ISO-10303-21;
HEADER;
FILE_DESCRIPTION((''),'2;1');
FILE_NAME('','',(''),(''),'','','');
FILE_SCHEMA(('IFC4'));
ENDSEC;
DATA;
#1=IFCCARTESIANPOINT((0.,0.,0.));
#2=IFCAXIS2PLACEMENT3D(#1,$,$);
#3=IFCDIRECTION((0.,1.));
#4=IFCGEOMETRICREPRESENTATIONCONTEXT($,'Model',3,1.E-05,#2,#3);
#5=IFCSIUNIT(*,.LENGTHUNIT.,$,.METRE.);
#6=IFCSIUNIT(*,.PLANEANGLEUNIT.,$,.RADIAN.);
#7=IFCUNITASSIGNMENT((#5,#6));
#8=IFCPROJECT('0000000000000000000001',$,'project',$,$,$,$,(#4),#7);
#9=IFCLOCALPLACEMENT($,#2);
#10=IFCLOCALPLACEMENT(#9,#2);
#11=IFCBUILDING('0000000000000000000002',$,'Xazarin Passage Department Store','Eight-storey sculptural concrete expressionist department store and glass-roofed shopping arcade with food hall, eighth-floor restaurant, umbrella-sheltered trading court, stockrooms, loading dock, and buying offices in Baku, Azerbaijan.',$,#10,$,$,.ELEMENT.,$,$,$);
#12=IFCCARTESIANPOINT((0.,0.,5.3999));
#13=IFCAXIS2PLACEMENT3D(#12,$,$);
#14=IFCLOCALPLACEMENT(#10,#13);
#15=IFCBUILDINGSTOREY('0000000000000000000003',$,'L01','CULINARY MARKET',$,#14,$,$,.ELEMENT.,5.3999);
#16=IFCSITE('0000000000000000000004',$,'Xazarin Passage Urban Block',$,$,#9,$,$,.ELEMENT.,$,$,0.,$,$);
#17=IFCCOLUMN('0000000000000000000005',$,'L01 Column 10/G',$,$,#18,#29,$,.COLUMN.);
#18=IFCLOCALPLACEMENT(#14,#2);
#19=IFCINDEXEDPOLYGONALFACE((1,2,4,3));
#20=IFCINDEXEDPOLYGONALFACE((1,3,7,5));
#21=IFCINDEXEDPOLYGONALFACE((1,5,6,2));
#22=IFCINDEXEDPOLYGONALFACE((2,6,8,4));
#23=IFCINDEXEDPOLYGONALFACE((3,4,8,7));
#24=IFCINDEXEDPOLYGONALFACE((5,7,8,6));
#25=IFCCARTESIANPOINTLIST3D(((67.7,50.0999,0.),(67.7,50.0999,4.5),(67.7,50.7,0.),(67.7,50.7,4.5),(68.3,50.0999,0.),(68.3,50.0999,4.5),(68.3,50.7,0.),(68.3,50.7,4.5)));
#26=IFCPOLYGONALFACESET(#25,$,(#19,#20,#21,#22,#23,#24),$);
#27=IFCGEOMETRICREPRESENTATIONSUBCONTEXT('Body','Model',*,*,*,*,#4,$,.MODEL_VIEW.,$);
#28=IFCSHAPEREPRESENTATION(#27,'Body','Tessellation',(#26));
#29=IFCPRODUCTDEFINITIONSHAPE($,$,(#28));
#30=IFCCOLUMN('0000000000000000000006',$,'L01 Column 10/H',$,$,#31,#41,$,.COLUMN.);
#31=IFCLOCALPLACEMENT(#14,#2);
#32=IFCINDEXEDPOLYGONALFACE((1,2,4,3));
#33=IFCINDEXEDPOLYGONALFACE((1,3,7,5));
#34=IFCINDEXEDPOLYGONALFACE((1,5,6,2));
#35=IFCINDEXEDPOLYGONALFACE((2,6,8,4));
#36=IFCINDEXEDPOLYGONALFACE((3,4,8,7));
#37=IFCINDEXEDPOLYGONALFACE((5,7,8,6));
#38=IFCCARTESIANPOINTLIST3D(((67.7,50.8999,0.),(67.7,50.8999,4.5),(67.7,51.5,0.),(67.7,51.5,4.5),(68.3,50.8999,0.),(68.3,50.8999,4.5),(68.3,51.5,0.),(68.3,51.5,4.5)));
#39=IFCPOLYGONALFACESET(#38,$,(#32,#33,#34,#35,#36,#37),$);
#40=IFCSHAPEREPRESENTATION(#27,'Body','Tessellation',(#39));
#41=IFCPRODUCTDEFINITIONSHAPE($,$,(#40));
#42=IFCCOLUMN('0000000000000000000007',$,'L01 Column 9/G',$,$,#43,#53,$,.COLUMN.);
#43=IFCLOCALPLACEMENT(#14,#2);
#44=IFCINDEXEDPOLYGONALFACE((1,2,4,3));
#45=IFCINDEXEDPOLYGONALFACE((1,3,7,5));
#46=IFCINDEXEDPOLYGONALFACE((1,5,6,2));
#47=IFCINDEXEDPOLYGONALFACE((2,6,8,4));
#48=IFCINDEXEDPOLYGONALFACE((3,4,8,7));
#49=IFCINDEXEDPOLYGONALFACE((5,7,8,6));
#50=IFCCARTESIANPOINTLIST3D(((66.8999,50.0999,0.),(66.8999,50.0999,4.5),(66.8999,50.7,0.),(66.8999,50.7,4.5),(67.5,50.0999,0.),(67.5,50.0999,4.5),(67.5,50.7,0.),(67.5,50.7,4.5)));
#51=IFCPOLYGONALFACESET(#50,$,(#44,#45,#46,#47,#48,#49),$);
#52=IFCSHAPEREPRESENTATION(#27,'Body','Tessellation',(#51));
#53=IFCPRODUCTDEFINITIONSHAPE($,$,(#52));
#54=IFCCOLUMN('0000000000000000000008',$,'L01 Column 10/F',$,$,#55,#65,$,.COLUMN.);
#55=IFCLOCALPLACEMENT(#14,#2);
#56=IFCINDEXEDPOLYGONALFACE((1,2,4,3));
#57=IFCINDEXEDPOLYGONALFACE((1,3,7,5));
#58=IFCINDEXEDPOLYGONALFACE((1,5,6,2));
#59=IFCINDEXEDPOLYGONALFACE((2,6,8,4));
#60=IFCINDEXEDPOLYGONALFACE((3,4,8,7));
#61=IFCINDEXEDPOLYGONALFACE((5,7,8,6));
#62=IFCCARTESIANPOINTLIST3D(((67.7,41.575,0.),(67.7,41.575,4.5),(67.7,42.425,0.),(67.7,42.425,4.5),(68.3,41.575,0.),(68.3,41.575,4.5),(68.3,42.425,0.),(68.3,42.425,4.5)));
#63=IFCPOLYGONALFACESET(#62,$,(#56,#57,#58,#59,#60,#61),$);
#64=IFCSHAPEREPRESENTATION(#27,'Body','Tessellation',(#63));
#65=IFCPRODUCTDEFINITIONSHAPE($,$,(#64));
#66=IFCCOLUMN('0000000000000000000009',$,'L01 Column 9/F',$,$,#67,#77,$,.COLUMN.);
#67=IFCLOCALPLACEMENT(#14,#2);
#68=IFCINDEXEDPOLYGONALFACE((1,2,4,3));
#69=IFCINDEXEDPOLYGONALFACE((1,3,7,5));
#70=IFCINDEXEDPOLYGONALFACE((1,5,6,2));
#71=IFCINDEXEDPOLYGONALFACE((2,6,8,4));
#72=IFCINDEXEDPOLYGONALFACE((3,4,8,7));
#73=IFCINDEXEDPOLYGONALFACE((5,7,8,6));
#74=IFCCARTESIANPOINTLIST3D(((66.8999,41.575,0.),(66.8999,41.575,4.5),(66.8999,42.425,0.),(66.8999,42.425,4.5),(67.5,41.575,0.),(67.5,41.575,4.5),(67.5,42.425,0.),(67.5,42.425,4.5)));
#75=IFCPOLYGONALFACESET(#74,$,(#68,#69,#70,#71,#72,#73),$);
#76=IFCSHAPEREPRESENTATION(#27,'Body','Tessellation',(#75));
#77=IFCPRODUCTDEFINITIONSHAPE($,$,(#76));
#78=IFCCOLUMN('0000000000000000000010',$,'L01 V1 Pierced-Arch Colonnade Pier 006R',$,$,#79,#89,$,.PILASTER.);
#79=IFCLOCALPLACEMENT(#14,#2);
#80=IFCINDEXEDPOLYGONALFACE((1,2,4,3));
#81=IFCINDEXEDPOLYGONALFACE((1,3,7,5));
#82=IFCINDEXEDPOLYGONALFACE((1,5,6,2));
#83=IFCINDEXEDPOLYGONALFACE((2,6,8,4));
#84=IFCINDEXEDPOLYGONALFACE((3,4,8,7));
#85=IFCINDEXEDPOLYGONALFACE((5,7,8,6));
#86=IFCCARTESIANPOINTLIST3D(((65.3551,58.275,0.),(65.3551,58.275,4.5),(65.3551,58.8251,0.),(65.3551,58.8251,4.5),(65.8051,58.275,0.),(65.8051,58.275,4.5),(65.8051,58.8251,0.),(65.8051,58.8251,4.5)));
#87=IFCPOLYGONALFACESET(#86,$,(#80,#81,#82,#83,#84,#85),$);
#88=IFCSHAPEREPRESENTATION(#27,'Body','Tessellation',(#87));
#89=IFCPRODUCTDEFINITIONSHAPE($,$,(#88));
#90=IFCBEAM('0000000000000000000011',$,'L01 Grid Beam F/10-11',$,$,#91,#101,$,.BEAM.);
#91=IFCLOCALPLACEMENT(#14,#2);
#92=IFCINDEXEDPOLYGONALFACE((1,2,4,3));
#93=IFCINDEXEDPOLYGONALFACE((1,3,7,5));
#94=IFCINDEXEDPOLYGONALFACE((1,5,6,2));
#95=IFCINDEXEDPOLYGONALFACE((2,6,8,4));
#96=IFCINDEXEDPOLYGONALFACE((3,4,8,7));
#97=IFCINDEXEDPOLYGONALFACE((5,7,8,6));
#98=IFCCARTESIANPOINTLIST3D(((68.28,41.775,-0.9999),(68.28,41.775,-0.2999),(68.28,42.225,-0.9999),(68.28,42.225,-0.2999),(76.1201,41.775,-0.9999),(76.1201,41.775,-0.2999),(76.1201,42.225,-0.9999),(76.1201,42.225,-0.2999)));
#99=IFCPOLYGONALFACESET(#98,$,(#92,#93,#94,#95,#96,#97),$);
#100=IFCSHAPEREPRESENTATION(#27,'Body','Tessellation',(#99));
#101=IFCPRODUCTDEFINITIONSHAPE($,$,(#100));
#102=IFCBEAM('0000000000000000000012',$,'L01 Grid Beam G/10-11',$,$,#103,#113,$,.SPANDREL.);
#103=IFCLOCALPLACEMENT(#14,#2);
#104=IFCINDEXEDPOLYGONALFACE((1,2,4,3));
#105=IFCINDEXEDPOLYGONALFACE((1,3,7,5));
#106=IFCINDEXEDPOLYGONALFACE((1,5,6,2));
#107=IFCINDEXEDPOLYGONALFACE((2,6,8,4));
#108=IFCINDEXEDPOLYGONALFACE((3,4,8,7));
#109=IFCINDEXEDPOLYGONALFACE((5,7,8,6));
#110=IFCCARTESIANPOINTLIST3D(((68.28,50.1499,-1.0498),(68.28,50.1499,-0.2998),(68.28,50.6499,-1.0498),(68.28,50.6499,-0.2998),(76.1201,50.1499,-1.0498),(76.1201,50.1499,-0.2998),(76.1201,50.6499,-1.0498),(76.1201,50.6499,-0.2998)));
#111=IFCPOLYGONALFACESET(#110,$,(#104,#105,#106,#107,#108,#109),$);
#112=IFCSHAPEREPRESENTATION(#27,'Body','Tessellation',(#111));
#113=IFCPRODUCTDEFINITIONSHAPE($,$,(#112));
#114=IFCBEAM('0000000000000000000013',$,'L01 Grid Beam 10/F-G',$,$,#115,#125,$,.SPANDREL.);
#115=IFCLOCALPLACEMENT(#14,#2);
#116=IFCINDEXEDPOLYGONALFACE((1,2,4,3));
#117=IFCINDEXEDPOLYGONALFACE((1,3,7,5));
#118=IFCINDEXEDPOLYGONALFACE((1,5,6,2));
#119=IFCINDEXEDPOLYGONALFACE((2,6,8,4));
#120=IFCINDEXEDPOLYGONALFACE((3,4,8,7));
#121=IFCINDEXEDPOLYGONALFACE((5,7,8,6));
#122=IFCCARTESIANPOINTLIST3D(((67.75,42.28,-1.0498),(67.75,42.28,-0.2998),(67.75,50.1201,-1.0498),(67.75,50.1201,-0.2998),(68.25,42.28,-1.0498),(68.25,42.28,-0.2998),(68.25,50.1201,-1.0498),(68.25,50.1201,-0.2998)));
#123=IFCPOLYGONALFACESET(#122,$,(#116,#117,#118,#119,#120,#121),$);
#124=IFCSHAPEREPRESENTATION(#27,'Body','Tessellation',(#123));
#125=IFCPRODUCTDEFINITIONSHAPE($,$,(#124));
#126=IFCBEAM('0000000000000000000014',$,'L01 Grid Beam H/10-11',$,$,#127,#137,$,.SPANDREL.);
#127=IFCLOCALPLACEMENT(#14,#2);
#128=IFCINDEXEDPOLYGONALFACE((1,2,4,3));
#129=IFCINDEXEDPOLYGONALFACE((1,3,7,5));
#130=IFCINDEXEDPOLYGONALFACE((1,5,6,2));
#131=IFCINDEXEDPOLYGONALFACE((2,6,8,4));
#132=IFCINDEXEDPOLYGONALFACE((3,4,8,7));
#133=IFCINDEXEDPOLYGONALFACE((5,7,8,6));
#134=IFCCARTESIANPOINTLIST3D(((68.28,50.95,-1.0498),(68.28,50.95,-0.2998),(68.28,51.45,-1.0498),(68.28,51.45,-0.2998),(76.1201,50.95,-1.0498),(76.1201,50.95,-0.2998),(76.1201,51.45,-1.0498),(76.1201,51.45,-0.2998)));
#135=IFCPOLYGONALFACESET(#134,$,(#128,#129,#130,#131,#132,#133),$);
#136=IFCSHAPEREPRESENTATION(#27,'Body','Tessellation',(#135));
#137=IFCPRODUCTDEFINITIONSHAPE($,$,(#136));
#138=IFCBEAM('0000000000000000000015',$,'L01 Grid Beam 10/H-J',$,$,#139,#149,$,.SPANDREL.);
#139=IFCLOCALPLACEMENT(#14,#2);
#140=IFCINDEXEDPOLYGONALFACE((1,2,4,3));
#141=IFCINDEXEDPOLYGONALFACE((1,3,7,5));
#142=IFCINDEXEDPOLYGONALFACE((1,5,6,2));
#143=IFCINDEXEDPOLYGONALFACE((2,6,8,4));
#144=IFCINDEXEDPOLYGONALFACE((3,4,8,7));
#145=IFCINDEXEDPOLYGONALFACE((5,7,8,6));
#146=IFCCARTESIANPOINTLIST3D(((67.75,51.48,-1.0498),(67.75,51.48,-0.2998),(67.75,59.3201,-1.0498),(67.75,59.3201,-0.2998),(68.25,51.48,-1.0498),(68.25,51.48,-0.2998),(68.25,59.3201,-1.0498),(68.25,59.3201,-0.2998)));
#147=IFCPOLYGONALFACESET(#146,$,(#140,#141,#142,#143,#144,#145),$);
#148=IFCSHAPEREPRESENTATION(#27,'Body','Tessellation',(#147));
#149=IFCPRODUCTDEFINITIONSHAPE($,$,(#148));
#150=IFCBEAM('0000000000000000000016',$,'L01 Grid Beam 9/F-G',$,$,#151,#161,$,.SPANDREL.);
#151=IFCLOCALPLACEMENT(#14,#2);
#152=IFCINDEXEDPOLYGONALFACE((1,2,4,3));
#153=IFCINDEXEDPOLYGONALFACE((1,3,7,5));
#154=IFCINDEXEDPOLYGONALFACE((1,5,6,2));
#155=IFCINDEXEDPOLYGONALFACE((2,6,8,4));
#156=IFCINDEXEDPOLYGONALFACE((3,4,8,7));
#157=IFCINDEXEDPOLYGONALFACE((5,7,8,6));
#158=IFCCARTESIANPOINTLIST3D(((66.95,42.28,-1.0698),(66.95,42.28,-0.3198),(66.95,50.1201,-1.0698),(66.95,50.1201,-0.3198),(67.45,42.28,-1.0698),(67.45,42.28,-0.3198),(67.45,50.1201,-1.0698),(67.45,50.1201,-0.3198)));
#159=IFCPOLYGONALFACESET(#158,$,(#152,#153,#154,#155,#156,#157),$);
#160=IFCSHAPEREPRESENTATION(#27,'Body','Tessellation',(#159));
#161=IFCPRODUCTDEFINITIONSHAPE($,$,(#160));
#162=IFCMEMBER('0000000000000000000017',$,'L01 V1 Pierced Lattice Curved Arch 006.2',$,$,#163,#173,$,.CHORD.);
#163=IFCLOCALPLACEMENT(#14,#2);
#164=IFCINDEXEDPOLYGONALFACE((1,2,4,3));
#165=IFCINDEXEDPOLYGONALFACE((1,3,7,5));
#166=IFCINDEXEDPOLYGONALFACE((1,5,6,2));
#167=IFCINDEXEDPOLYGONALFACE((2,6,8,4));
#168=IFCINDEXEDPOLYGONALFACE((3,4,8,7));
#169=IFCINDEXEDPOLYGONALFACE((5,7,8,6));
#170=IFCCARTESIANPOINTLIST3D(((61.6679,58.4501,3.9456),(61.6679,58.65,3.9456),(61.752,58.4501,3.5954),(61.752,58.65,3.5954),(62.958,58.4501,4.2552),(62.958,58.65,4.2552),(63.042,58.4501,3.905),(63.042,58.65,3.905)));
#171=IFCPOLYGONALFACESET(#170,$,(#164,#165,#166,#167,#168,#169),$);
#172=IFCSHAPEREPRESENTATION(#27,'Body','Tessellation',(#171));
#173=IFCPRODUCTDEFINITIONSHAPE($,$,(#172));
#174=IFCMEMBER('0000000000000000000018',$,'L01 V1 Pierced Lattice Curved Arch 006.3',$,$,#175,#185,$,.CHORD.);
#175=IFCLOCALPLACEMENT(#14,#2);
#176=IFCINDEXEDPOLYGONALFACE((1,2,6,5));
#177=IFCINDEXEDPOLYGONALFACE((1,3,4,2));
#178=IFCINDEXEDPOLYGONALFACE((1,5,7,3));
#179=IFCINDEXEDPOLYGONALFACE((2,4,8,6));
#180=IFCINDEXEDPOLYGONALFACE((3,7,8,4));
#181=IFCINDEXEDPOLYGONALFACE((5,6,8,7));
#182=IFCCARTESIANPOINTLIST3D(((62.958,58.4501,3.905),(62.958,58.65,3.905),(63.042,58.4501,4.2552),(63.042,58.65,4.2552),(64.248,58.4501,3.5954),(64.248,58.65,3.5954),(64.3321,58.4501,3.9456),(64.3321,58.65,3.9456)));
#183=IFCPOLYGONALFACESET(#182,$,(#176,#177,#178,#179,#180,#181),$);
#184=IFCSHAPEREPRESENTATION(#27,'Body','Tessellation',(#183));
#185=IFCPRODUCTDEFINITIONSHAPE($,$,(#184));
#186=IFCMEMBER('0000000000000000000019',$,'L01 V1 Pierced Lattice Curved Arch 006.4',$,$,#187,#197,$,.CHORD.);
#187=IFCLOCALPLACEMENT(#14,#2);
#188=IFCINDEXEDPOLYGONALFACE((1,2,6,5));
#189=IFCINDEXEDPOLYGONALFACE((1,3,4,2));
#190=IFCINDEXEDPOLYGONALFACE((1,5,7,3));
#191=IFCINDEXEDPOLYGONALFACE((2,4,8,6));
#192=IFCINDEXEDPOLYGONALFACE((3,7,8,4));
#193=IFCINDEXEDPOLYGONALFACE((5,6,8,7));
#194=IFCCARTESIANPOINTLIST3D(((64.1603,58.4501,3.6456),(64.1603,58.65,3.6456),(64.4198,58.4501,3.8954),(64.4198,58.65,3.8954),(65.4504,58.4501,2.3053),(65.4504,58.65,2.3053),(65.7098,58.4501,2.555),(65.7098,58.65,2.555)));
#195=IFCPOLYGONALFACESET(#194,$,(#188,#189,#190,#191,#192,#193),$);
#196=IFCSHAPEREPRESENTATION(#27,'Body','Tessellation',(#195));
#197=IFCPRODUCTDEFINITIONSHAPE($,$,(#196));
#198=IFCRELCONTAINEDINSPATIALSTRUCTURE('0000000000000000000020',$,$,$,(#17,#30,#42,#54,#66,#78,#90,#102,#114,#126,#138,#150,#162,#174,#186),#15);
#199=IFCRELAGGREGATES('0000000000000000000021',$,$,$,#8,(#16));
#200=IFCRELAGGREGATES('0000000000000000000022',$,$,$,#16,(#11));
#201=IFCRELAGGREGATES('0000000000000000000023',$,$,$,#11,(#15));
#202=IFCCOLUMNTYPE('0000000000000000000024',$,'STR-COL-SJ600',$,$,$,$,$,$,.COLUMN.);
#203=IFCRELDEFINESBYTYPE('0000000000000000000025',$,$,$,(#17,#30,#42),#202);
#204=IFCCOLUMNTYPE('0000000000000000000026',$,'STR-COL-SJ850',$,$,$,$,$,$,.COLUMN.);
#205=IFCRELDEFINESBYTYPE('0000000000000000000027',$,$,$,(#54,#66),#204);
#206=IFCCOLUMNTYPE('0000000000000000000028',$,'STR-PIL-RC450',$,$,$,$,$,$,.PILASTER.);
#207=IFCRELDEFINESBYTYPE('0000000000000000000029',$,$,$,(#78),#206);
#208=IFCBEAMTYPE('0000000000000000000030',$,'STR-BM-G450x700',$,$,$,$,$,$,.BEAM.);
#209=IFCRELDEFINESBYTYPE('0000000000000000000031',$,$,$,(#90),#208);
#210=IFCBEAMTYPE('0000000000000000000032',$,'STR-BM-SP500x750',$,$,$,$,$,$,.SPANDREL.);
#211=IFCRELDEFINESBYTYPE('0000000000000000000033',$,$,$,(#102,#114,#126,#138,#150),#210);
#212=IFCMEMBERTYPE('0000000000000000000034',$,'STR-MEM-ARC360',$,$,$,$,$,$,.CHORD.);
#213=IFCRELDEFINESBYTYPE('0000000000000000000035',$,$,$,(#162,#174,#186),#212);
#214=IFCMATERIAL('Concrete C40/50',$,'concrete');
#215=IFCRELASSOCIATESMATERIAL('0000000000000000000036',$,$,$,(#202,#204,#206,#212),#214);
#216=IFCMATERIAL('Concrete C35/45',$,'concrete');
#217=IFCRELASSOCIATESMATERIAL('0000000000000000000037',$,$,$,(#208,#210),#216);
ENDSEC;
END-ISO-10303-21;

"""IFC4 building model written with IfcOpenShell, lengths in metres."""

from ifc_helpers import new_model, si_unit, direction, frame, origin, origin_2d, place, context, subcontext, project, spatial, rectangle, extrude, material, material_profile, profile_set, type_object, element, save


model = new_model("IFC4")

# Units and contexts
model_context = context("Model", 3, precision=1e-05, world=origin(), true_north=direction((0.0, 1.0)))
body_context = subcontext(model_context, "Body", "Model", "MODEL_VIEW")
ifc_project = project(units=[si_unit("LENGTHUNIT", "METRE"), si_unit("PLANEANGLEUNIT", "RADIAN")], contexts=[model_context])

# Site, building, storey
site_placement = place(None, origin())
site = spatial("IfcSite", under=ifc_project, at=site_placement, Name="Xazarin Passage Urban Block", CompositionType="ELEMENT", RefElevation=0.0)
building_placement = place(site_placement, origin())
building = spatial("IfcBuilding", under=site, at=building_placement, Name="Xazarin Passage Department Store", Description="Eight-storey sculptural concrete expressionist department store and glass-roofed shopping arcade with food hall, eighth-floor restaurant, umbrella-sheltered trading court, stockrooms, loading dock, and buying offices in Baku, Azerbaijan.", CompositionType="ELEMENT")
storey_placement = place(building_placement, frame((0.0, 0.0, 5.3999)))
storey = spatial("IfcBuildingStorey", under=building, at=storey_placement, Name="L01", Description="CULINARY MARKET", CompositionType="ELEMENT", Elevation=5.3999)

# Columns
ifc_material_1 = material(Name="Concrete C40/50", Category="concrete")
ifc_material_profile_1 = material_profile(ifc_material_1, rectangle(XDim=0.6001, YDim=0.6001, at=origin_2d()), Name="RC 600x600")
ifc_profile_set_1 = profile_set([ifc_material_profile_1], Name="Concrete C40/50")
column_type_1 = type_object("IfcColumnType", Name="STR-COL-SJ600", PredefinedType="COLUMN", material=ifc_profile_set_1)
for number, where, z_axis, x_axis, name in (
    (1, (68.0, 50.3999, 0.0), (0.0, 0.0, 1.0), (1.0, 0.0, 0.0), "L01 Column 10/G"),
    (2, (68.0, 51.2, 0.0), (0.0, 0.0, 1.0), (1.0, 0.0, 0.0), "L01 Column 10/H"),
    (3, (67.2, 50.3999, 0.0), (0.0, 0.0, 1.0), (1.0, 0.0, 0.0), "L01 Column 9/G"),
):
    element("IfcColumn", number, at=place(storey_placement, frame(where, z_axis=z_axis, x_axis=x_axis)), inside=storey, type_object=column_type_1, Name=name, PredefinedType="COLUMN", context=body_context, shape_type="SweptSolid", body=[
        extrude(rectangle(XDim=0.6001, YDim=0.6001, at=origin_2d()), origin(), (0.0, 0.0, 1.0), 4.5),
    ])
ifc_material_profile_2 = material_profile(ifc_material_1, rectangle(XDim=0.6001, YDim=0.8501, at=origin_2d()), Name="RC 600x850")
ifc_profile_set_2 = profile_set([ifc_material_profile_2], Name="Concrete C40/50")
column_type_2 = type_object("IfcColumnType", Name="STR-COL-SJ850", PredefinedType="COLUMN", material=ifc_profile_set_2)
for number, where, z_axis, x_axis, name in (
    (4, (68.0, 42.0, 0.0), (0.0, 0.0, 1.0), (1.0, 0.0, 0.0), "L01 Column 10/F"),
    (5, (67.2, 42.0, 0.0), (0.0, 0.0, 1.0), (1.0, 0.0, 0.0), "L01 Column 9/F"),
):
    element("IfcColumn", number, at=place(storey_placement, frame(where, z_axis=z_axis, x_axis=x_axis)), inside=storey, type_object=column_type_2, Name=name, PredefinedType="COLUMN", context=body_context, shape_type="SweptSolid", body=[
        extrude(rectangle(XDim=0.6001, YDim=0.8501, at=origin_2d()), origin(), (0.0, 0.0, 1.0), 4.5),
    ])
ifc_material_profile_3 = material_profile(ifc_material_1, rectangle(XDim=0.45, YDim=0.55, at=origin_2d()), Name="RC 450x550")
ifc_profile_set_3 = profile_set([ifc_material_profile_3], Name="Concrete C40/50")
column_type_3 = type_object("IfcColumnType", Name="STR-PIL-RC450", PredefinedType="PILASTER", material=ifc_profile_set_3)
column_placement = place(storey_placement, frame((65.5801, 58.55, 0.0), z_axis=(0.0, 0.0, 1.0), x_axis=(1.0, 0.0, 0.0)))
element("IfcColumn", 6, at=column_placement, inside=storey, type_object=column_type_3, Name="L01 V1 Pierced-Arch Colonnade Pier 006R", PredefinedType="PILASTER", context=body_context, shape_type="SweptSolid", body=[
    extrude(rectangle(XDim=0.45, YDim=0.55, at=origin_2d()), origin(), (0.0, 0.0, 1.0), 4.5),
])

# Beams
ifc_material_2 = material(Name="Concrete C35/45", Category="concrete")
ifc_material_profile_4 = material_profile(ifc_material_2, rectangle(XDim=0.45, YDim=0.7, at=origin_2d()), Name="RC 450x700")
ifc_profile_set_4 = profile_set([ifc_material_profile_4], Name="Concrete C35/45")
beam_type_1 = type_object("IfcBeamType", Name="STR-BM-G450x700", PredefinedType="BEAM", material=ifc_profile_set_4)
beam_placement = place(storey_placement, frame((68.28, 42.0, -0.6499), z_axis=(1.0, 0.0, 0.0), x_axis=(0.0, 1.0, 0.0)))
element("IfcBeam", 7, at=beam_placement, inside=storey, type_object=beam_type_1, Name="L01 Grid Beam F/10-11", PredefinedType="BEAM", context=body_context, shape_type="SweptSolid", body=[
    extrude(rectangle(XDim=0.45, YDim=0.7, at=origin_2d()), origin(), (0.0, 0.0, 1.0), 7.8401),
])
ifc_material_profile_5 = material_profile(ifc_material_2, rectangle(XDim=0.5, YDim=0.75, at=origin_2d()), Name="RC 500x750")
ifc_profile_set_5 = profile_set([ifc_material_profile_5], Name="Concrete C35/45")
beam_type_2 = type_object("IfcBeamType", Name="STR-BM-SP500x750", PredefinedType="SPANDREL", material=ifc_profile_set_5)
for number, where, z_axis, x_axis, name in (
    (8, (68.28, 50.3999, -0.6748), (1.0, 0.0, 0.0), (0.0, 1.0, 0.0), "L01 Grid Beam G/10-11"),
    (9, (68.0, 42.28, -0.6748), (0.0, 1.0, 0.0), (-1.0, 0.0, 0.0), "L01 Grid Beam 10/F-G"),
    (10, (68.28, 51.2, -0.6748), (1.0, 0.0, 0.0), (0.0, 1.0, 0.0), "L01 Grid Beam H/10-11"),
    (11, (68.0, 51.48, -0.6748), (0.0, 1.0, 0.0), (-1.0, 0.0, 0.0), "L01 Grid Beam 10/H-J"),
    (12, (67.2, 42.28, -0.6948), (0.0, 1.0, 0.0), (-1.0, 0.0, 0.0), "L01 Grid Beam 9/F-G"),
):
    element("IfcBeam", number, at=place(storey_placement, frame(where, z_axis=z_axis, x_axis=x_axis)), inside=storey, type_object=beam_type_2, Name=name, PredefinedType="SPANDREL", context=body_context, shape_type="SweptSolid", body=[
        extrude(rectangle(XDim=0.5, YDim=0.75, at=origin_2d()), origin(), (0.0, 0.0, 1.0), 7.8401),
    ])

# Members
ifc_material_profile_6 = material_profile(ifc_material_1, rectangle(XDim=0.2, YDim=0.3601, at=origin_2d()), Name="RC 200x360")
ifc_profile_set_6 = profile_set([ifc_material_profile_6], Name="Concrete C40/50")
member_type = type_object("IfcMemberType", Name="STR-MEM-ARC360", PredefinedType="CHORD", material=ifc_profile_set_6)
for number, where, z_axis, x_axis, name in (
    (13, (61.71, 58.55, 3.7705), (0.972394, 0.0, 0.233345), (0.0, 1.0, 0.0), "L01 V1 Pierced Lattice Curved Arch 006.2"),
    (14, (63.0, 58.55, 4.0801), (0.972394, 0.0, -0.233345), (0.0, 1.0, 0.0), "L01 V1 Pierced Lattice Curved Arch 006.3"),
):
    element("IfcMember", number, at=place(storey_placement, frame(where, z_axis=z_axis, x_axis=x_axis)), inside=storey, type_object=member_type, Name=name, PredefinedType="CHORD", context=body_context, shape_type="SweptSolid", body=[
        extrude(rectangle(XDim=0.2, YDim=0.3601, at=origin_2d()), origin(), (0.0, 0.0, 1.0), 1.3267),
    ])
member_placement = place(storey_placement, frame((64.29, 58.55, 3.7705), z_axis=(0.69346, 0.0, -0.720495), x_axis=(0.0, 1.0, 0.0)))
element("IfcMember", 15, at=member_placement, inside=storey, type_object=member_type, Name="L01 V1 Pierced Lattice Curved Arch 006.4", PredefinedType="CHORD", context=body_context, shape_type="SweptSolid", body=[
    extrude(rectangle(XDim=0.2, YDim=0.3601, at=origin_2d()), origin(), (0.0, 0.0, 1.0), 1.8604),
])

save(model, "model.ifc")
